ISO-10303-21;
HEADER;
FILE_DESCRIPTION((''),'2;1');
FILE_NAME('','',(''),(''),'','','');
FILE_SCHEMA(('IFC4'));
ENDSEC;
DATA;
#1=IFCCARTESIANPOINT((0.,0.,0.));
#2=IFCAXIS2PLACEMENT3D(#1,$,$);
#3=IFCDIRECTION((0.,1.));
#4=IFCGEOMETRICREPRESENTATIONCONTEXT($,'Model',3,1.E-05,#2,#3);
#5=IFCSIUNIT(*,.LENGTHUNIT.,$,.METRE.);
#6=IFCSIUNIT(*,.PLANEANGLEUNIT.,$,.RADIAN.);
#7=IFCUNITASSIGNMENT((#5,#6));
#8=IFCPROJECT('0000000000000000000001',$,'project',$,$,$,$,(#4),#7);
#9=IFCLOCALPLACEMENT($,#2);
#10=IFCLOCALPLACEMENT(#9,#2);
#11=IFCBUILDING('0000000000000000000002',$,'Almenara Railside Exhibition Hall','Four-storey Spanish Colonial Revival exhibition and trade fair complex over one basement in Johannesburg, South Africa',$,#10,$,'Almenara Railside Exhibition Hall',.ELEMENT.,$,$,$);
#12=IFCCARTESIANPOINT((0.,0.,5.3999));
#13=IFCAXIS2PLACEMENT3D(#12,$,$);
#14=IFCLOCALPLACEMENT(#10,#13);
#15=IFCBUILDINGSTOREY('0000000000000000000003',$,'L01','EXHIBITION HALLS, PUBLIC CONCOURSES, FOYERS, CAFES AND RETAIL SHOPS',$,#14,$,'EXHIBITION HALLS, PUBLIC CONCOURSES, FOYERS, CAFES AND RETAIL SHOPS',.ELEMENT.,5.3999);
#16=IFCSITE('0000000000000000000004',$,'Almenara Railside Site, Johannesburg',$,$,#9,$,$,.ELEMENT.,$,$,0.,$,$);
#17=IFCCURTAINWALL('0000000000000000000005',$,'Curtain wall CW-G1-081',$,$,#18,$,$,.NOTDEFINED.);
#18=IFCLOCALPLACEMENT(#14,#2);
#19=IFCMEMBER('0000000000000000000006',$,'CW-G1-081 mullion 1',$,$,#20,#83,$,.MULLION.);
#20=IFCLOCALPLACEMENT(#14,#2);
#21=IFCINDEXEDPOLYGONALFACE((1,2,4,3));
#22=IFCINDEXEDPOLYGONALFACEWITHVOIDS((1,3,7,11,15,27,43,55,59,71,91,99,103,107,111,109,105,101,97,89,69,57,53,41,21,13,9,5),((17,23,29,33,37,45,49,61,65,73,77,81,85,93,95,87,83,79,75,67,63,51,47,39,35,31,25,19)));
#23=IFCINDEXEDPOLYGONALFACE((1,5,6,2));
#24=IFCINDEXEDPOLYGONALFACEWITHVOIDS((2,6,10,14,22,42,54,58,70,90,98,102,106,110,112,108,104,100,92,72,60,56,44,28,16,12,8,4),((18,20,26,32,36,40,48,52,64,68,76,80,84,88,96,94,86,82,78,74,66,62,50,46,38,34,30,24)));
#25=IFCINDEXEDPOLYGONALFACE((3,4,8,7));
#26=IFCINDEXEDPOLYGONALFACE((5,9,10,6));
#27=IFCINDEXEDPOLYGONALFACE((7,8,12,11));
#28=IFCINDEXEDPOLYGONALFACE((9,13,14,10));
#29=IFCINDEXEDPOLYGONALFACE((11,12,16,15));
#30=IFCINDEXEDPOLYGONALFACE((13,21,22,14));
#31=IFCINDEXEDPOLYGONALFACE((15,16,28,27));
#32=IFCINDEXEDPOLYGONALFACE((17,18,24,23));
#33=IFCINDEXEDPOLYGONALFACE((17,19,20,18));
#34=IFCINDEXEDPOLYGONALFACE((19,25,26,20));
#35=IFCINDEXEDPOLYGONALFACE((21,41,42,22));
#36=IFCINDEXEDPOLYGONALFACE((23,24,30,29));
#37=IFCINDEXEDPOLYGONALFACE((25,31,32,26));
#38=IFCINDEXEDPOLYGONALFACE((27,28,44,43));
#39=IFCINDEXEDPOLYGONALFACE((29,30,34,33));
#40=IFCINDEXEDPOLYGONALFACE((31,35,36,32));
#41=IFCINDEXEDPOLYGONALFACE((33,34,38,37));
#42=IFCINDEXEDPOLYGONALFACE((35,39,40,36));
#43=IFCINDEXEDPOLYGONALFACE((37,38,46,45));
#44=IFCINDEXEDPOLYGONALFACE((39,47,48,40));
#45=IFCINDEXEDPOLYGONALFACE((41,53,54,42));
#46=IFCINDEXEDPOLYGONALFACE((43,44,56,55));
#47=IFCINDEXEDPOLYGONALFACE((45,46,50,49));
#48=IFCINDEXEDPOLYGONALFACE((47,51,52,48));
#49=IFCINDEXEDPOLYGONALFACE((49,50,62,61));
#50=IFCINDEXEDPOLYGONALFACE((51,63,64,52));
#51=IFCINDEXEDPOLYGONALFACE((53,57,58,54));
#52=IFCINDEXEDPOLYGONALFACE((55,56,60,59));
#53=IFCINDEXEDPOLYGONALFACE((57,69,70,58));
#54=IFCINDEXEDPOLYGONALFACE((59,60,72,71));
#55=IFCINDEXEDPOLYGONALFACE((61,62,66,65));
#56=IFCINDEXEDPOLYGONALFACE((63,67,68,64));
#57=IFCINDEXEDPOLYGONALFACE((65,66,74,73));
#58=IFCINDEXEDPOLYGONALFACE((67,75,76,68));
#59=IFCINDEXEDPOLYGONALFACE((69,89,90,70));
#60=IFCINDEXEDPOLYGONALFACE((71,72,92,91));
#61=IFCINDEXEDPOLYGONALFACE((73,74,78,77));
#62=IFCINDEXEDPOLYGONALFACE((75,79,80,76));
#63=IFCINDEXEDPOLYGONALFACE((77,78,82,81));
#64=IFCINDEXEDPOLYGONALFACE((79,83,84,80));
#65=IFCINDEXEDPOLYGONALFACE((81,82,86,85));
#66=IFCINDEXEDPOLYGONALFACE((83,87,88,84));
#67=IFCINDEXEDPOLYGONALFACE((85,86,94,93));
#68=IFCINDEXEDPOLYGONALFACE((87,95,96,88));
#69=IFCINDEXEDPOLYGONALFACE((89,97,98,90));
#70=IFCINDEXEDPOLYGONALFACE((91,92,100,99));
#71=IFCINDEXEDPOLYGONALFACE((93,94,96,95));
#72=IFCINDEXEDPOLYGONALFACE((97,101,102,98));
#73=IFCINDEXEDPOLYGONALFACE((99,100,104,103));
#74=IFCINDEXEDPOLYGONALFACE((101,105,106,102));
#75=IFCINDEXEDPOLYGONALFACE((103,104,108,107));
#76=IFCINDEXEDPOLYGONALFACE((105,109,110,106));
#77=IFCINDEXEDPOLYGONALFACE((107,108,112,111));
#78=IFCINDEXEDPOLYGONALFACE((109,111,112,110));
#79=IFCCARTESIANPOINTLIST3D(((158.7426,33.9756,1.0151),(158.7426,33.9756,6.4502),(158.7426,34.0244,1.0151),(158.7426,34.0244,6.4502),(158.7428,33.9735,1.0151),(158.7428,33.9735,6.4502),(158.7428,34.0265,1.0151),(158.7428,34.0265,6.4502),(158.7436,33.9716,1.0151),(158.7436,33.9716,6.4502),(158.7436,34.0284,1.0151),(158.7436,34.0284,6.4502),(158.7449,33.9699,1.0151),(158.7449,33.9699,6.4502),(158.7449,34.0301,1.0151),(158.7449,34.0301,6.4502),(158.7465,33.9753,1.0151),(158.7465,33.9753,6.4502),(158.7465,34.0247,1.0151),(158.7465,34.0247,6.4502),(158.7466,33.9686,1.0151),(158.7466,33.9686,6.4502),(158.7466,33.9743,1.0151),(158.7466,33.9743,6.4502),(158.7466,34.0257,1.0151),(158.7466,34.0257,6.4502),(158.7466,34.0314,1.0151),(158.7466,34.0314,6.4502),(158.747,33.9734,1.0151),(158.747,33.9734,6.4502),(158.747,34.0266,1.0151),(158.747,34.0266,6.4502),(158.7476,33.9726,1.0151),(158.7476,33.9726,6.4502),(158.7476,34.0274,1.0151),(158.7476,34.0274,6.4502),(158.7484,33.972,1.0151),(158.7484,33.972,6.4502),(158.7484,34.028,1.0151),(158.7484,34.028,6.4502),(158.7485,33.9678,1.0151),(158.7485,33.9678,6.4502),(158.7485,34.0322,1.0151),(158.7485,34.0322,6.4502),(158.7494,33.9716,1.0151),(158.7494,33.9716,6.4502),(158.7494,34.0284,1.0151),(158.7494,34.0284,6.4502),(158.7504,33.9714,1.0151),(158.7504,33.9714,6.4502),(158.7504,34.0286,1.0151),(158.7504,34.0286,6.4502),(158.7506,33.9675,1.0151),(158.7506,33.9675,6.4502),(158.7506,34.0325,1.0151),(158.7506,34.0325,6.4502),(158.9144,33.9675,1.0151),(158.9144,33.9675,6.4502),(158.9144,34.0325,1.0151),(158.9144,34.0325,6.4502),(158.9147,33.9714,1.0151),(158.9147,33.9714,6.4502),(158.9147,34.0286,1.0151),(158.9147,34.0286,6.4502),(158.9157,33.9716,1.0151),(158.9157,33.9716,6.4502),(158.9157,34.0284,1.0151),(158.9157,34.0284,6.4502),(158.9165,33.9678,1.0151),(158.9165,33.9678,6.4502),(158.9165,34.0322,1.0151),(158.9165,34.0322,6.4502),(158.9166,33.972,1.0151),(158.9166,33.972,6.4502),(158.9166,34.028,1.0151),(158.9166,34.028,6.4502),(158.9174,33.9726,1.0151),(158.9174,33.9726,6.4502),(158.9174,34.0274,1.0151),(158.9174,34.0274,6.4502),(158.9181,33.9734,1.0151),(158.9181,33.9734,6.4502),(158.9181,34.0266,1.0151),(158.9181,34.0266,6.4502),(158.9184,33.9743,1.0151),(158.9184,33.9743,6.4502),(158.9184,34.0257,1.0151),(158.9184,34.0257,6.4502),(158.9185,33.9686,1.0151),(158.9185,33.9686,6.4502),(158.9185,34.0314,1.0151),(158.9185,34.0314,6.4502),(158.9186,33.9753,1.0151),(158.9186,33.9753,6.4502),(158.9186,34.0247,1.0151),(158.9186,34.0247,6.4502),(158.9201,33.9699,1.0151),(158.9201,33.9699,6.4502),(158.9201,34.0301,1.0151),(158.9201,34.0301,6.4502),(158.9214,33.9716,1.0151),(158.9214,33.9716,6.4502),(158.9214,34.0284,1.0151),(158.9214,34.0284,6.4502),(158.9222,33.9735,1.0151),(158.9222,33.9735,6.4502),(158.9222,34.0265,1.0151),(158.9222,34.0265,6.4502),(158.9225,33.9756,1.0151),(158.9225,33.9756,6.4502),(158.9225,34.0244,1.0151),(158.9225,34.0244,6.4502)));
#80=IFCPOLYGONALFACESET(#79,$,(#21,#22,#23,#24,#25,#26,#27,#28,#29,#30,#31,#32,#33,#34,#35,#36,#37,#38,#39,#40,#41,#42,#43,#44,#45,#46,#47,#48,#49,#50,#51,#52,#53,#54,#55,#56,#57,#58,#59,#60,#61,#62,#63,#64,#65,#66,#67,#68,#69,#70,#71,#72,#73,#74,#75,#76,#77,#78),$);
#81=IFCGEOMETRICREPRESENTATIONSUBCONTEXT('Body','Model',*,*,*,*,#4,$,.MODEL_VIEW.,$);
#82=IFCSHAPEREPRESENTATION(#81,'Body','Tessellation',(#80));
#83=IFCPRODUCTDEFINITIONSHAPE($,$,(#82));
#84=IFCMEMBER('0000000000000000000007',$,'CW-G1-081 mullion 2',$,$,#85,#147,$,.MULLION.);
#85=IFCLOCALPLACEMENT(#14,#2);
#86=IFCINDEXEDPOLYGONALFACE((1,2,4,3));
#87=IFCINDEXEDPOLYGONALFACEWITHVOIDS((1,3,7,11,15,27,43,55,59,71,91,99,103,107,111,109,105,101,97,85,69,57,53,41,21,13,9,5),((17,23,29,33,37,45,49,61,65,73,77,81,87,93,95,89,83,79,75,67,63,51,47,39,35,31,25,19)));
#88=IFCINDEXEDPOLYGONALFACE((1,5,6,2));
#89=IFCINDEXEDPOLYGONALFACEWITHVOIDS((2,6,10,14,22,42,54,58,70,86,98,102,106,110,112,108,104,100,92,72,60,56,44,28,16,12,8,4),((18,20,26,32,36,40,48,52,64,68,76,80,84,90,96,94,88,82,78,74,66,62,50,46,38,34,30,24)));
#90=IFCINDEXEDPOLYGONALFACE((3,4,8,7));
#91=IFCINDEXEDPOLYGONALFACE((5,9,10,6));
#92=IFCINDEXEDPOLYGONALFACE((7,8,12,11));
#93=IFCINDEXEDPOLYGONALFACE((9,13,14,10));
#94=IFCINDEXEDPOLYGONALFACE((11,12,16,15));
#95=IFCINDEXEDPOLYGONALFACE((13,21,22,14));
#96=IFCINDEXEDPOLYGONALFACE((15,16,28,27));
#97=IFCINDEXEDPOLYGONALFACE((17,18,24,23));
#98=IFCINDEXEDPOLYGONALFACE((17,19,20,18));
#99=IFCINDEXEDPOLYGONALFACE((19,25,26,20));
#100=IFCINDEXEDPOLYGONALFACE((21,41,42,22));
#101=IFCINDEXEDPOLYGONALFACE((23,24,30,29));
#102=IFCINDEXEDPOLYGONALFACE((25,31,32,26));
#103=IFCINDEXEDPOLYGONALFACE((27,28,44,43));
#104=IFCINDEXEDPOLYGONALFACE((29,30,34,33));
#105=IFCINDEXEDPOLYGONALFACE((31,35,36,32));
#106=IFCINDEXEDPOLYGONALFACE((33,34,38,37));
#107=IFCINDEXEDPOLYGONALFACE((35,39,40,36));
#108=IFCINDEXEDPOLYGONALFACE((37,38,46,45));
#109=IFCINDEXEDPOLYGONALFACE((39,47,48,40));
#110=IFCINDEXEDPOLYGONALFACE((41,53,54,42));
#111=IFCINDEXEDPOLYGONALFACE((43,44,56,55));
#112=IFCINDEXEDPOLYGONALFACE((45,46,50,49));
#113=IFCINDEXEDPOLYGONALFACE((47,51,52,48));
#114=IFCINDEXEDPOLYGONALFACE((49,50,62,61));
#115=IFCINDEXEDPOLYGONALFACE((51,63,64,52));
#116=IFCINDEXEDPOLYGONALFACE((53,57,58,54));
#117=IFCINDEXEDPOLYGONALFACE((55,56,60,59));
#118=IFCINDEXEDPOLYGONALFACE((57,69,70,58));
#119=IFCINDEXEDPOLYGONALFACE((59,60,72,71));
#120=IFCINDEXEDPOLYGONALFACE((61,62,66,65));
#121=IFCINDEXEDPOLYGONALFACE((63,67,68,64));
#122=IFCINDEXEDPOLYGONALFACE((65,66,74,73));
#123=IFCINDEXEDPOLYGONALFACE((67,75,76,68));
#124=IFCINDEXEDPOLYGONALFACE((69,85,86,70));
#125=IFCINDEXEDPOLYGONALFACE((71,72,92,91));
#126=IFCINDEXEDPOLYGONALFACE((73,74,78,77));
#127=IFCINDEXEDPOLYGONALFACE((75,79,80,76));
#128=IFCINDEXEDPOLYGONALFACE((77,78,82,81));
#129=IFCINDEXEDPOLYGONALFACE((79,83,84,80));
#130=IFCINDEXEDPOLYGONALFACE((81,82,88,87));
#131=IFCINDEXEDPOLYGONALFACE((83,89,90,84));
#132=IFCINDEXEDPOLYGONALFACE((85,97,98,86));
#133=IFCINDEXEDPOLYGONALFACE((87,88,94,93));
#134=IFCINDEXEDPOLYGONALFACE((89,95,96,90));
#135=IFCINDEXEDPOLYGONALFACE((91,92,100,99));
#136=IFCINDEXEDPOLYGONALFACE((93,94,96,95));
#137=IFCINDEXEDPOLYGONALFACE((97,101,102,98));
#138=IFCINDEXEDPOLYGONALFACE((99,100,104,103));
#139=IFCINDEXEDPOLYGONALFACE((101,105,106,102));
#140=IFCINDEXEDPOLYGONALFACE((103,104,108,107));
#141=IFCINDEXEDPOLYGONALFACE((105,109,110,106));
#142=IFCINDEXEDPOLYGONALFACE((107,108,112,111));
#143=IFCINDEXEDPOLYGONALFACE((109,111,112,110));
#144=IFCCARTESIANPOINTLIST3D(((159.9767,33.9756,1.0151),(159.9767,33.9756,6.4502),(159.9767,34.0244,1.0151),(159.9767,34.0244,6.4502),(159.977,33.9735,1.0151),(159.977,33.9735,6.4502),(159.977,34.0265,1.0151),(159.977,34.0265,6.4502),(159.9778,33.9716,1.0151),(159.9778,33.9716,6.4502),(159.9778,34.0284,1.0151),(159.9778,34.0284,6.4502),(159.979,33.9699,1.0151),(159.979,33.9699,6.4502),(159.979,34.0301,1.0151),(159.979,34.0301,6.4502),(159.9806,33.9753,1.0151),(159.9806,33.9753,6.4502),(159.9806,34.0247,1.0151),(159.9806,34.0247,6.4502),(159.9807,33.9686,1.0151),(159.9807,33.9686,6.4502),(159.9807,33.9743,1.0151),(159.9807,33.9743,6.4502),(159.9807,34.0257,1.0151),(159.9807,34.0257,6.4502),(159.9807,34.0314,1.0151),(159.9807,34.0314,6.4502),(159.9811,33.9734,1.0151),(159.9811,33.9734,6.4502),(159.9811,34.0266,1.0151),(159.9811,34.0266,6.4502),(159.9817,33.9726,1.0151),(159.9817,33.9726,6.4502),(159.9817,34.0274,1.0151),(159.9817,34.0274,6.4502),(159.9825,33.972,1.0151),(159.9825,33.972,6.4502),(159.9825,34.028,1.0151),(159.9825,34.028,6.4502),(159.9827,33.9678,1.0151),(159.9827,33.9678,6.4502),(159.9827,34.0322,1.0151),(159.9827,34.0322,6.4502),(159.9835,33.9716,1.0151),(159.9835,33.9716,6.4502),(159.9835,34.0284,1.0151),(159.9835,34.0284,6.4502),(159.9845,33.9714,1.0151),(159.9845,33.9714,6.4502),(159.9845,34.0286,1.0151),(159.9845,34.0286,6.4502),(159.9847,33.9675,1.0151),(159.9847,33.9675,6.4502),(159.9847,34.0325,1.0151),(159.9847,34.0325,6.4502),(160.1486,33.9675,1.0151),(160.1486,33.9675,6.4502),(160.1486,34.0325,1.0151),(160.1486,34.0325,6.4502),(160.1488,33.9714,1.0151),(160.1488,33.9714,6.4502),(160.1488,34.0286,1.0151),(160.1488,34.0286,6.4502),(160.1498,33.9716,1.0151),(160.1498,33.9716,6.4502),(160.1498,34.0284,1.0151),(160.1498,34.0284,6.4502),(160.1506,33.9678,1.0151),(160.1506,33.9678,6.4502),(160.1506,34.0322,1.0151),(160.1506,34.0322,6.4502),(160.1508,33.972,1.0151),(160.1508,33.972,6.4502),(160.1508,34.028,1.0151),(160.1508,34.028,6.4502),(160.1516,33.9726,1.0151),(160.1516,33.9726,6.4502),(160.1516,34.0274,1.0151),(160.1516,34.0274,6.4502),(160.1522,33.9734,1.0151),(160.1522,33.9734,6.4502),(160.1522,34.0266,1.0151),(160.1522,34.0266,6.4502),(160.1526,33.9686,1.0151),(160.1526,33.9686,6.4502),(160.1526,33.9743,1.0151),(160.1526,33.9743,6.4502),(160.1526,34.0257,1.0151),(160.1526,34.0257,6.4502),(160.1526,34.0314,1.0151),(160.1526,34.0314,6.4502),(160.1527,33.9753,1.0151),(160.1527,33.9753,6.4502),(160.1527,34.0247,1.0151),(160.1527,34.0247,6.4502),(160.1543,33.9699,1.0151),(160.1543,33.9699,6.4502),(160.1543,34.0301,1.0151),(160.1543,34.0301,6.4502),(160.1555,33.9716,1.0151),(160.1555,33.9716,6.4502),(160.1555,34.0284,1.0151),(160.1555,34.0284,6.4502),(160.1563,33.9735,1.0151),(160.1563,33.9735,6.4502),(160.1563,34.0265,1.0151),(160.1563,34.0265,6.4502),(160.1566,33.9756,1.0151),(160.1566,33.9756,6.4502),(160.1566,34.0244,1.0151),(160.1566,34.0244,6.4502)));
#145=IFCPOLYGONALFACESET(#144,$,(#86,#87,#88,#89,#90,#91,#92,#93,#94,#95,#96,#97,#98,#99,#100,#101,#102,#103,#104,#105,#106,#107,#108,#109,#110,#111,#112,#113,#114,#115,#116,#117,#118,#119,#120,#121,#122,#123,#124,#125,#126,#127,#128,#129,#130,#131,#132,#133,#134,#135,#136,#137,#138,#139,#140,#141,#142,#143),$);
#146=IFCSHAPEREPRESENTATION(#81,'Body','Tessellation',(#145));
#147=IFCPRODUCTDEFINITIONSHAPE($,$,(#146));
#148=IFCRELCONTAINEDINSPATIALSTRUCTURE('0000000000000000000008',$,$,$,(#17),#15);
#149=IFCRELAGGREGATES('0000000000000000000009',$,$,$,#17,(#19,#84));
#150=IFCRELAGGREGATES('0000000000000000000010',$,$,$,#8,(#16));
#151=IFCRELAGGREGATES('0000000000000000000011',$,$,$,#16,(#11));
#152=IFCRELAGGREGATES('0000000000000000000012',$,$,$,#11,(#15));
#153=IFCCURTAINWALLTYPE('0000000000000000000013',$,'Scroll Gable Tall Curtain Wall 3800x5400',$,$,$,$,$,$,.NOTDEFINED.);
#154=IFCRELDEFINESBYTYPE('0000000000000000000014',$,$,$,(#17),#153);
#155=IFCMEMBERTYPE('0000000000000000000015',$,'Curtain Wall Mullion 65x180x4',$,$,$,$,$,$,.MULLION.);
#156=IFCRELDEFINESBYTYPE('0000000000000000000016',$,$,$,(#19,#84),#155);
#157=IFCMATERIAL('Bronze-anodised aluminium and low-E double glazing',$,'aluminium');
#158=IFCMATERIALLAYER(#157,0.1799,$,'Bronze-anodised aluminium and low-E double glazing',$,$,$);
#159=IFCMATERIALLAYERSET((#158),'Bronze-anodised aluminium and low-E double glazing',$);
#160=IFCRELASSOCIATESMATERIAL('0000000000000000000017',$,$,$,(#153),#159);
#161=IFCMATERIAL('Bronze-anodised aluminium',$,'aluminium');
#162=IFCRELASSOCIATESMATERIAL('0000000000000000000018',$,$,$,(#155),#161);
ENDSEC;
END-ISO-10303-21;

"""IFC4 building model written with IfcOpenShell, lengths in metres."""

from ifc_helpers import new_model, si_unit, direction, frame, origin, origin_2d, place, context, subcontext, project, spatial, hollow_rectangle, extrude, material, layer, layer_set, material_profile, profile_set, type_object, element, aggregate, save


model = new_model("IFC4")

# Units and contexts
model_context = context("Model", 3, precision=1e-05, world=origin(), true_north=direction((0.0, 1.0)))
body_context = subcontext(model_context, "Body", "Model", "MODEL_VIEW")
ifc_project = project(units=[si_unit("LENGTHUNIT", "METRE"), si_unit("PLANEANGLEUNIT", "RADIAN")], contexts=[model_context])

# Site, building, storey
site_placement = place(None, origin())
site = spatial("IfcSite", under=ifc_project, at=site_placement, Name="Almenara Railside Site, Johannesburg", CompositionType="ELEMENT", RefElevation=0.0)
building_placement = place(site_placement, origin())
building = spatial("IfcBuilding", under=site, at=building_placement, Name="Almenara Railside Exhibition Hall", Description="Four-storey Spanish Colonial Revival exhibition and trade fair complex over one basement in Johannesburg, South Africa", LongName="Almenara Railside Exhibition Hall", CompositionType="ELEMENT")
storey_placement = place(building_placement, frame((0.0, 0.0, 5.3999)))
storey = spatial("IfcBuildingStorey", under=building, at=storey_placement, Name="L01", Description="EXHIBITION HALLS, PUBLIC CONCOURSES, FOYERS, CAFES AND RETAIL SHOPS", LongName="EXHIBITION HALLS, PUBLIC CONCOURSES, FOYERS, CAFES AND RETAIL SHOPS", CompositionType="ELEMENT", Elevation=5.3999)

# Curtain wall, members
ifc_material_1 = material(Name="Bronze-anodised aluminium and low-E double glazing", Category="aluminium")
ifc_layer_1 = layer(ifc_material_1, 0.1799, Name="Bronze-anodised aluminium and low-E double glazing")
ifc_layer_set_1 = layer_set([ifc_layer_1], Name="Bronze-anodised aluminium and low-E double glazing")
curtain_wall_type_1 = type_object("IfcCurtainWallType", Name="Scroll Gable Tall Curtain Wall 3800x5400", PredefinedType="NOTDEFINED", material=ifc_layer_set_1)
curtain_wall_1_placement = place(storey_placement, origin())
curtain_wall_1 = element("IfcCurtainWall", 1, at=curtain_wall_1_placement, inside=storey, type_object=curtain_wall_type_1, Name="Curtain wall CW-G1-081", PredefinedType="NOTDEFINED")
ifc_material_2 = material(Name="Bronze-anodised aluminium", Category="aluminium")
ifc_material_profile_1 = material_profile(ifc_material_2, hollow_rectangle(XDim=0.0649, YDim=0.1799, WallThickness=0.0039, InnerFilletRadius=0.0039, OuterFilletRadius=0.0081, at=origin_2d()), Name="ALU-MUL 65x180x4")
ifc_profile_set_1 = profile_set([ifc_material_profile_1], Name="Bronze-anodised aluminium")
member_type_1 = type_object("IfcMemberType", Name="Curtain Wall Mullion 65x180x4", PredefinedType="MULLION", material=ifc_profile_set_1)
member_1_placement = place(storey_placement, frame((158.8325, 34.0, 1.0151), z_axis=(0.0, 0.0, 1.0), x_axis=(0.0, 1.0, 0.0)))
member_1 = element("IfcMember", 2, at=member_1_placement, type_object=member_type_1, Name="CW-G1-081 mullion 1", PredefinedType="MULLION", context=body_context, shape_type="SweptSolid", body=[
    extrude(hollow_rectangle(XDim=0.0649, YDim=0.1799, WallThickness=0.0039, InnerFilletRadius=0.0039, OuterFilletRadius=0.0081, at=origin_2d()), origin(), (0.0, 0.0, 1.0), 5.4351),
])
member_2_placement = place(storey_placement, frame((160.0667, 34.0, 1.0151), z_axis=(0.0, 0.0, 1.0), x_axis=(0.0, 1.0, 0.0)))
member_2 = element("IfcMember", 3, at=member_2_placement, type_object=member_type_1, Name="CW-G1-081 mullion 2", PredefinedType="MULLION", context=body_context, shape_type="SweptSolid", body=[
    extrude(hollow_rectangle(XDim=0.0649, YDim=0.1799, WallThickness=0.0039, InnerFilletRadius=0.0039, OuterFilletRadius=0.0081, at=origin_2d()), origin(), (0.0, 0.0, 1.0), 5.4351),
])

aggregate(curtain_wall_1, [member_1, member_2])

save(model, "model.ifc")
